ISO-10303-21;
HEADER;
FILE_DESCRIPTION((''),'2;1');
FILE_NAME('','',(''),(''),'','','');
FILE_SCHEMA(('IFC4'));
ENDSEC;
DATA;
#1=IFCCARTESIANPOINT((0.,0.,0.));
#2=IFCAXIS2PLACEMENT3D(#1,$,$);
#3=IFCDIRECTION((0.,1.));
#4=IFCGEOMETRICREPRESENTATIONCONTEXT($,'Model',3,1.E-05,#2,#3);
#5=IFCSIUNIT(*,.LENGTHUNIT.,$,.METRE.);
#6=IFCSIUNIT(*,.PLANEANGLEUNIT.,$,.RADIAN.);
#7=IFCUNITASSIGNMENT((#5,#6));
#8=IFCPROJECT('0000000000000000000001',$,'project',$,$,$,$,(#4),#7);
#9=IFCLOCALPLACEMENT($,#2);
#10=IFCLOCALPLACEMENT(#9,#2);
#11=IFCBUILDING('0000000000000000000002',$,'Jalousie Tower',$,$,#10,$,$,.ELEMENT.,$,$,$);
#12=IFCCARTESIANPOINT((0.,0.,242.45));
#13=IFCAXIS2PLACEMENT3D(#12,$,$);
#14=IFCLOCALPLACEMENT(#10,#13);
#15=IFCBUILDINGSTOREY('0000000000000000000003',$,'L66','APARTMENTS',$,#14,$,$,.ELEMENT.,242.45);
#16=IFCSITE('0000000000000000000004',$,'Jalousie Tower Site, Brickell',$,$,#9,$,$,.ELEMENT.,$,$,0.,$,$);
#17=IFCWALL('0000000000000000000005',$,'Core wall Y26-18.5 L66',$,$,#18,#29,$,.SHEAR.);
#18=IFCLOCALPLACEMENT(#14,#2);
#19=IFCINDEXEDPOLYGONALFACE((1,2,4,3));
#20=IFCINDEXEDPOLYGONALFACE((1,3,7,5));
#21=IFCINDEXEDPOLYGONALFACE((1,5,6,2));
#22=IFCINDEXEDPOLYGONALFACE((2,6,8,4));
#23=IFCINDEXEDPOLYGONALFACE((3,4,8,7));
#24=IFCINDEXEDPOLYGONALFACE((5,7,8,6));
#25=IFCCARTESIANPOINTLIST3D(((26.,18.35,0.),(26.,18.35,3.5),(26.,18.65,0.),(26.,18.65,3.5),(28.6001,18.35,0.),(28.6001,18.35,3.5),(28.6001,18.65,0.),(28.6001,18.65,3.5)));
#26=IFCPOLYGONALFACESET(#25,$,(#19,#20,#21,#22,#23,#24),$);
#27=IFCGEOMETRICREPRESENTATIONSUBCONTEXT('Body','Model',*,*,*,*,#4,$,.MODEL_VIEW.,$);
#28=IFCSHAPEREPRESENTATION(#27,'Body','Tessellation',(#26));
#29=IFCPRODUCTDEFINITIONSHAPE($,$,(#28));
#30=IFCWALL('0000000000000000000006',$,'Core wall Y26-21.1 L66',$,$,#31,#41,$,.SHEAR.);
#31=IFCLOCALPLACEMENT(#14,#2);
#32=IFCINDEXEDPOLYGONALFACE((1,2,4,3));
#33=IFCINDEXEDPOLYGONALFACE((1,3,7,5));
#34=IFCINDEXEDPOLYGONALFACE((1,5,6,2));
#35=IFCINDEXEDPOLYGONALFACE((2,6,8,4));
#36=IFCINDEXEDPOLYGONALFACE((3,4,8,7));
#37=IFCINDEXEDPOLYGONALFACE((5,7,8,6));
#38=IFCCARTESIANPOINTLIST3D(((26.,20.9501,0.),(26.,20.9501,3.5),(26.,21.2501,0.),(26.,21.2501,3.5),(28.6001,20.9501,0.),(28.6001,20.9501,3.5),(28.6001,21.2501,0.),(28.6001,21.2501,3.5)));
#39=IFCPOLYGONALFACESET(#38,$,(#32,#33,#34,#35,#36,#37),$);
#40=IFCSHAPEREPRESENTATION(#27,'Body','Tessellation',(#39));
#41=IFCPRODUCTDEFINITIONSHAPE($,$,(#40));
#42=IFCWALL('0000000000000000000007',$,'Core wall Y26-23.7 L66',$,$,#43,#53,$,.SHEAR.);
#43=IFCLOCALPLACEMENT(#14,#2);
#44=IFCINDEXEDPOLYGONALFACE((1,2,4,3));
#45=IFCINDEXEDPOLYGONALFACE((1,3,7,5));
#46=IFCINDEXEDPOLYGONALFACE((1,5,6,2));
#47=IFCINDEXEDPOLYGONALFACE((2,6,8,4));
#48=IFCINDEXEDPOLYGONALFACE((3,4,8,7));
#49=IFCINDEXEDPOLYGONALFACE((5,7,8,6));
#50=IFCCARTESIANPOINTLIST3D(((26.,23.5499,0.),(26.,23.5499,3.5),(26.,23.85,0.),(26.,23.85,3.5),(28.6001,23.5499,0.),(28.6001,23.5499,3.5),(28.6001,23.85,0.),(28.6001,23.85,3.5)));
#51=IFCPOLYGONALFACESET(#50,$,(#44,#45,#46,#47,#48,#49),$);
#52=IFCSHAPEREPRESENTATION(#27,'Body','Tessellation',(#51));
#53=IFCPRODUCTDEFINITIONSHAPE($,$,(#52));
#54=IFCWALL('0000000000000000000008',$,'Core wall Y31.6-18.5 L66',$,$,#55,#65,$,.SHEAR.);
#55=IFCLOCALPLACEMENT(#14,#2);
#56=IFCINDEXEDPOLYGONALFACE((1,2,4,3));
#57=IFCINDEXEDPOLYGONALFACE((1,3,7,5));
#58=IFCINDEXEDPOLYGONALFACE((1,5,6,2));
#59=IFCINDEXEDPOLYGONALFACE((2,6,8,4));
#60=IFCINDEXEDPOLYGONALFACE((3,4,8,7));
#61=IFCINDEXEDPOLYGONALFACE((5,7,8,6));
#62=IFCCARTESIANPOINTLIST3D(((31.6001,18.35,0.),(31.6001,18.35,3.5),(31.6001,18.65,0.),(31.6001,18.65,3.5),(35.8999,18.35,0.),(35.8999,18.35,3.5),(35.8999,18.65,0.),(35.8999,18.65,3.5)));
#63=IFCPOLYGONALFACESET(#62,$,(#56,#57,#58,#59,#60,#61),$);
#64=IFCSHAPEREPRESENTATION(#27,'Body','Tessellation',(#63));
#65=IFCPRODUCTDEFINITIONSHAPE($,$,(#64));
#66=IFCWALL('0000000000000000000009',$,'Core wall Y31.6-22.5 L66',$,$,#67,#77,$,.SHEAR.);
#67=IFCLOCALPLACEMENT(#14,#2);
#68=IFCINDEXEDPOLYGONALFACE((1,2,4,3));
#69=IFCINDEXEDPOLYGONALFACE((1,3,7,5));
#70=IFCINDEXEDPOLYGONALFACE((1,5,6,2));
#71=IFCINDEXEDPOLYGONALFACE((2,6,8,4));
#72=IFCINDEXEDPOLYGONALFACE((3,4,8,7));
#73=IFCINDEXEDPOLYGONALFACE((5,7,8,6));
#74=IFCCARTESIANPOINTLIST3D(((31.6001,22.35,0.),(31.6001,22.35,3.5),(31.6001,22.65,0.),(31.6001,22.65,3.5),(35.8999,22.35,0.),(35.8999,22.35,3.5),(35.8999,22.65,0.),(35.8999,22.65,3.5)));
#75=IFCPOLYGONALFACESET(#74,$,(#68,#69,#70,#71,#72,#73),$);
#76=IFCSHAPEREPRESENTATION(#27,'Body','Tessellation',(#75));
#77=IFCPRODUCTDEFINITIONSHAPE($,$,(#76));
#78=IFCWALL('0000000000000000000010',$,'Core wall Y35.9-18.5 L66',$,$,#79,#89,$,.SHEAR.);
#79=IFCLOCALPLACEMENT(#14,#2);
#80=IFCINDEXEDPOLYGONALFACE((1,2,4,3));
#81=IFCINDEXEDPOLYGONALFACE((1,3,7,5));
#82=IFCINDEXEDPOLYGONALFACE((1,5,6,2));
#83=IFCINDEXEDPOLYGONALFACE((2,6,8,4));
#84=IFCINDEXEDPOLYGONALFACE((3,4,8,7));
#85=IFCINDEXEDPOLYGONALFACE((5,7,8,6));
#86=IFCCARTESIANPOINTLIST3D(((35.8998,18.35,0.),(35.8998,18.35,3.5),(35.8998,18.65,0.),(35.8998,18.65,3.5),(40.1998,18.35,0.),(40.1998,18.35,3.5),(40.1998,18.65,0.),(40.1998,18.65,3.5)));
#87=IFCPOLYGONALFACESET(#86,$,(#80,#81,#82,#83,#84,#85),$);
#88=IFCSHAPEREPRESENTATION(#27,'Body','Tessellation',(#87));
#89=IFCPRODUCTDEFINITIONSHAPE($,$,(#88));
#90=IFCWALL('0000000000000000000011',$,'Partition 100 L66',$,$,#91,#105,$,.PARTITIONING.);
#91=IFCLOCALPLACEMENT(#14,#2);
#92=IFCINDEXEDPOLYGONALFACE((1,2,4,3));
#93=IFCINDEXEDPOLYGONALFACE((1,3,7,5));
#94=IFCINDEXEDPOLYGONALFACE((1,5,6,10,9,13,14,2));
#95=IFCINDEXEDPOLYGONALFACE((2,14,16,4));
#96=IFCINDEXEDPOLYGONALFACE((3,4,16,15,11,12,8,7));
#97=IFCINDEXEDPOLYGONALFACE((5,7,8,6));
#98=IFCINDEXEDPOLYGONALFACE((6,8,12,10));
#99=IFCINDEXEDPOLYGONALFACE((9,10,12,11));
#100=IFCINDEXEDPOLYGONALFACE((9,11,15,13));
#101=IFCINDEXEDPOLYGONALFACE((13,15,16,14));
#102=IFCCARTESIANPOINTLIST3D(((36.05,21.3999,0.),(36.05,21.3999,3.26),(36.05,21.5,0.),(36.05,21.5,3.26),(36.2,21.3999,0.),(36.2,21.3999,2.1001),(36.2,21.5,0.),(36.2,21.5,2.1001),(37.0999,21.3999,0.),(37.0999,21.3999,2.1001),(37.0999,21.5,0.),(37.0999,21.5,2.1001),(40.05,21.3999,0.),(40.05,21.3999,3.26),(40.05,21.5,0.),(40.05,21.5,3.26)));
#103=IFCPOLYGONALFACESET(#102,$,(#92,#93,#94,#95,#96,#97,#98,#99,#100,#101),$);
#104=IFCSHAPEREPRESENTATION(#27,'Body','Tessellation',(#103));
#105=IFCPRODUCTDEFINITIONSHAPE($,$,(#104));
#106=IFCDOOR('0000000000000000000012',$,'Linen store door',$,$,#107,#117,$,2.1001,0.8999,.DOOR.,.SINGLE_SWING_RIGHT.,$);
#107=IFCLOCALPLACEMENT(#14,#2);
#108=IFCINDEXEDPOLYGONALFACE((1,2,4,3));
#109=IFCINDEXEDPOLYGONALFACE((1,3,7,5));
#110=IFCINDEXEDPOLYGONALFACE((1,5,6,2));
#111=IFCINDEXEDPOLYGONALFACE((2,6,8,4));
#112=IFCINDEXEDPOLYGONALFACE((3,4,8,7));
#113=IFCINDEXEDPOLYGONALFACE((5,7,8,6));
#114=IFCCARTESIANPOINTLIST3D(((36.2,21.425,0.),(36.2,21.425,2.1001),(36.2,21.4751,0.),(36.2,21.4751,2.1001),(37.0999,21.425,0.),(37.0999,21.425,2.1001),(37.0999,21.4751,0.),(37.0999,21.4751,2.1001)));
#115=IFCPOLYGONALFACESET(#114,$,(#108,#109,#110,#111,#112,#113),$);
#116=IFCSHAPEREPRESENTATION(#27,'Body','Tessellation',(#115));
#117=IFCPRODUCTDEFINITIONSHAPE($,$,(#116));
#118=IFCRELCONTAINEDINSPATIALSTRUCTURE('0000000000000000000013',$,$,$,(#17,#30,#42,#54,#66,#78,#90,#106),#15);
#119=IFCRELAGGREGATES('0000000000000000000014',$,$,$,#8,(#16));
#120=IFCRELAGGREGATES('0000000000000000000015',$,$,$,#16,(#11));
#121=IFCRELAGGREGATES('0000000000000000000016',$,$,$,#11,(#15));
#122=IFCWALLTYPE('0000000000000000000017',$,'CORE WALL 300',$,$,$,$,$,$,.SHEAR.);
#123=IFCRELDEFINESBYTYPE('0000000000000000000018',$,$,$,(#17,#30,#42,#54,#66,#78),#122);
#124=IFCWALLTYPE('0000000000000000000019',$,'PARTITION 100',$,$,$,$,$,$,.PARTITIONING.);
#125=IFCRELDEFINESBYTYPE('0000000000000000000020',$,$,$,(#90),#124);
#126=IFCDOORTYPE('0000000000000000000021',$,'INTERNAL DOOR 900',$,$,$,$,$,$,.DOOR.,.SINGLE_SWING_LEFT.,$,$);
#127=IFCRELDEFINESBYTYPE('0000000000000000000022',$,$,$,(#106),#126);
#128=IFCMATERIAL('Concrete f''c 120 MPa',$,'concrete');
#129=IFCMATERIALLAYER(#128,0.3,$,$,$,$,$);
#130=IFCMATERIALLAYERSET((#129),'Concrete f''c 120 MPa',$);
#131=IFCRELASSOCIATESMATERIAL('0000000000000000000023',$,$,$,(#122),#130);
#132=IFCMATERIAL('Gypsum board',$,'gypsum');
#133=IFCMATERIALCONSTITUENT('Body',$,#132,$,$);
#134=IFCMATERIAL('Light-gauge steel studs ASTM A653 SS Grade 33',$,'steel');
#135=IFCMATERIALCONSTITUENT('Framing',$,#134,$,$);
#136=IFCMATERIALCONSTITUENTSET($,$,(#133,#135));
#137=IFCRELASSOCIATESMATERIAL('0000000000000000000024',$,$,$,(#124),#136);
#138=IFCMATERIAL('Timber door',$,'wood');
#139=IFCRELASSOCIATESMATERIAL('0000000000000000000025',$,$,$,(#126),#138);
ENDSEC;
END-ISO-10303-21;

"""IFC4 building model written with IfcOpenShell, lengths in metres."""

from ifc_helpers import new_model, si_unit, direction, frame, frame_2d, origin, place, context, subcontext, project, spatial, rectangle, extrude, material, layer, layer_set, constituent, constituent_set, type_object, element, fill, save


model = new_model("IFC4")

# Units and contexts
model_context = context("Model", 3, precision=1e-05, world=origin(), true_north=direction((0.0, 1.0)))
body_context = subcontext(model_context, "Body", "Model", "MODEL_VIEW")
ifc_project = project(units=[si_unit("LENGTHUNIT", "METRE"), si_unit("PLANEANGLEUNIT", "RADIAN")], contexts=[model_context])

# Site, building, storey
site_placement = place(None, origin())
site = spatial("IfcSite", under=ifc_project, at=site_placement, Name="Jalousie Tower Site, Brickell", CompositionType="ELEMENT", RefElevation=0.0)
building_placement = place(site_placement, origin())
building = spatial("IfcBuilding", under=site, at=building_placement, Name="Jalousie Tower", CompositionType="ELEMENT")
storey_placement = place(building_placement, frame((0.0, 0.0, 242.45)))
storey = spatial("IfcBuildingStorey", under=building, at=storey_placement, Name="L66", Description="APARTMENTS", CompositionType="ELEMENT", Elevation=242.45)

# Shared definitions
ifc_material_1 = material(Name="Concrete f'c 120 MPa", Category="concrete")
ifc_layer_1 = layer(ifc_material_1, 0.3)
ifc_layer_set_1 = layer_set([ifc_layer_1], Name="Concrete f'c 120 MPa")
wall_type_1 = type_object("IfcWallType", Name="CORE WALL 300", PredefinedType="SHEAR", material=ifc_layer_set_1)

# Walls
for number, where, z_axis, x_axis, name in (
    (1, (26.0, 18.5, 0.0), (0.0, 0.0, 1.0), (1.0, 0.0, 0.0), "Core wall Y26-18.5 L66"),
    (2, (26.0, 21.1001, 0.0), (0.0, 0.0, 1.0), (1.0, 0.0, 0.0), "Core wall Y26-21.1 L66"),
    (3, (26.0, 23.7, 0.0), (0.0, 0.0, 1.0), (1.0, 0.0, 0.0), "Core wall Y26-23.7 L66"),
):
    element("IfcWall", number, at=place(storey_placement, frame(where, z_axis=z_axis, x_axis=x_axis)), inside=storey, type_object=wall_type_1, Name=name, PredefinedType="SHEAR", context=body_context, shape_type="SweptSolid", body=[
        extrude(rectangle(XDim=2.6001, YDim=0.3, at=frame_2d((1.3, 0.0))), origin(), (0.0, 0.0, 1.0), 3.5),
    ])
for number, where, z_axis, x_axis, name in (
    (4, (31.6001, 18.5, 0.0), (0.0, 0.0, 1.0), (1.0, 0.0, 0.0), "Core wall Y31.6-18.5 L66"),
    (5, (31.6001, 22.5, 0.0), (0.0, 0.0, 1.0), (1.0, 0.0, 0.0), "Core wall Y31.6-22.5 L66"),
):
    element("IfcWall", number, at=place(storey_placement, frame(where, z_axis=z_axis, x_axis=x_axis)), inside=storey, type_object=wall_type_1, Name=name, PredefinedType="SHEAR", context=body_context, shape_type="SweptSolid", body=[
        extrude(rectangle(XDim=4.2998, YDim=0.3, at=frame_2d((2.1499, 0.0))), origin(), (0.0, 0.0, 1.0), 3.5),
    ])
wall_1_placement = place(storey_placement, frame((35.8999, 18.5, 0.0), z_axis=(0.0, 0.0, 1.0), x_axis=(1.0, 0.0, 0.0)))
element("IfcWall", 6, at=wall_1_placement, inside=storey, type_object=wall_type_1, Name="Core wall Y35.9-18.5 L66", PredefinedType="SHEAR", context=body_context, shape_type="SweptSolid", body=[
    extrude(rectangle(XDim=4.3, YDim=0.3, at=frame_2d((2.1499, 0.0))), origin(), (0.0, 0.0, 1.0), 3.5),
])

# Wall, opening, door
ifc_material_2 = material(Name="Gypsum board", Category="gypsum")
ifc_constituent_1 = constituent(ifc_material_2, Name="Body")
ifc_material_3 = material(Name="Light-gauge steel studs ASTM A653 SS Grade 33", Category="steel")
ifc_constituent_2 = constituent(ifc_material_3, Name="Framing")
ifc_constituent_set = constituent_set(constituents=[ifc_constituent_1, ifc_constituent_2])
wall_type_2 = type_object("IfcWallType", Name="PARTITION 100", PredefinedType="PARTITIONING", material=ifc_constituent_set)
wall_2_placement = place(storey_placement, frame((36.05, 21.45, 0.0), z_axis=(0.0, 0.0, 1.0), x_axis=(1.0, 0.0, 0.0)))
wall_2 = element("IfcWall", 7, at=wall_2_placement, inside=storey, type_object=wall_type_2, Name="Partition 100 L66", PredefinedType="PARTITIONING", context=body_context, shape_type="SweptSolid", body=[
    extrude(rectangle(XDim=4.0, YDim=0.1001, at=frame_2d((2.0, 0.0))), origin(), (0.0, 0.0, 1.0), 3.26),
])
opening_1_placement = place(wall_2_placement, frame((0.1499, 0.0, 0.0)))
opening_1 = element("IfcOpeningElement", 8, at=opening_1_placement, cuts=wall_2, PredefinedType="OPENING", context=body_context, shape_type="SweptSolid", body=[
    extrude(rectangle(XDim=0.8999, YDim=2.1001, at=frame_2d((0.45, 1.05))), frame((0.0, 0.0601, 0.0), z_axis=(0.0, -1.0, 0.0), x_axis=(1.0, 0.0, 0.0)), (0.0, 0.0, 1.0), 0.1201),
])
ifc_material_4 = material(Name="Timber door", Category="wood")
door_type_1 = type_object("IfcDoorType", Name="INTERNAL DOOR 900", OperationType="SINGLE_SWING_LEFT", PredefinedType="DOOR", material=ifc_material_4)
door_1_placement = place(opening_1_placement, frame((0.8999, 0.0, 0.0), z_axis=(0.0, 0.0, 1.0), x_axis=(-1.0, 0.0, 0.0)))
door_1 = element("IfcDoor", 9, at=door_1_placement, inside=storey, type_object=door_type_1, Name="Linen store door", OperationType="SINGLE_SWING_RIGHT", OverallHeight=2.1001, OverallWidth=0.8999, PredefinedType="DOOR", context=body_context, shape_type="SweptSolid", body=[
    extrude(rectangle(XDim=0.8999, YDim=2.1001, at=frame_2d((0.45, 1.05))), frame((0.0, 0.0249, 0.0), z_axis=(0.0, -1.0, 0.0), x_axis=(1.0, 0.0, 0.0)), (0.0, 0.0, 1.0), 0.05),
])
fill(opening_1, door_1)

save(model, "model.ifc")
